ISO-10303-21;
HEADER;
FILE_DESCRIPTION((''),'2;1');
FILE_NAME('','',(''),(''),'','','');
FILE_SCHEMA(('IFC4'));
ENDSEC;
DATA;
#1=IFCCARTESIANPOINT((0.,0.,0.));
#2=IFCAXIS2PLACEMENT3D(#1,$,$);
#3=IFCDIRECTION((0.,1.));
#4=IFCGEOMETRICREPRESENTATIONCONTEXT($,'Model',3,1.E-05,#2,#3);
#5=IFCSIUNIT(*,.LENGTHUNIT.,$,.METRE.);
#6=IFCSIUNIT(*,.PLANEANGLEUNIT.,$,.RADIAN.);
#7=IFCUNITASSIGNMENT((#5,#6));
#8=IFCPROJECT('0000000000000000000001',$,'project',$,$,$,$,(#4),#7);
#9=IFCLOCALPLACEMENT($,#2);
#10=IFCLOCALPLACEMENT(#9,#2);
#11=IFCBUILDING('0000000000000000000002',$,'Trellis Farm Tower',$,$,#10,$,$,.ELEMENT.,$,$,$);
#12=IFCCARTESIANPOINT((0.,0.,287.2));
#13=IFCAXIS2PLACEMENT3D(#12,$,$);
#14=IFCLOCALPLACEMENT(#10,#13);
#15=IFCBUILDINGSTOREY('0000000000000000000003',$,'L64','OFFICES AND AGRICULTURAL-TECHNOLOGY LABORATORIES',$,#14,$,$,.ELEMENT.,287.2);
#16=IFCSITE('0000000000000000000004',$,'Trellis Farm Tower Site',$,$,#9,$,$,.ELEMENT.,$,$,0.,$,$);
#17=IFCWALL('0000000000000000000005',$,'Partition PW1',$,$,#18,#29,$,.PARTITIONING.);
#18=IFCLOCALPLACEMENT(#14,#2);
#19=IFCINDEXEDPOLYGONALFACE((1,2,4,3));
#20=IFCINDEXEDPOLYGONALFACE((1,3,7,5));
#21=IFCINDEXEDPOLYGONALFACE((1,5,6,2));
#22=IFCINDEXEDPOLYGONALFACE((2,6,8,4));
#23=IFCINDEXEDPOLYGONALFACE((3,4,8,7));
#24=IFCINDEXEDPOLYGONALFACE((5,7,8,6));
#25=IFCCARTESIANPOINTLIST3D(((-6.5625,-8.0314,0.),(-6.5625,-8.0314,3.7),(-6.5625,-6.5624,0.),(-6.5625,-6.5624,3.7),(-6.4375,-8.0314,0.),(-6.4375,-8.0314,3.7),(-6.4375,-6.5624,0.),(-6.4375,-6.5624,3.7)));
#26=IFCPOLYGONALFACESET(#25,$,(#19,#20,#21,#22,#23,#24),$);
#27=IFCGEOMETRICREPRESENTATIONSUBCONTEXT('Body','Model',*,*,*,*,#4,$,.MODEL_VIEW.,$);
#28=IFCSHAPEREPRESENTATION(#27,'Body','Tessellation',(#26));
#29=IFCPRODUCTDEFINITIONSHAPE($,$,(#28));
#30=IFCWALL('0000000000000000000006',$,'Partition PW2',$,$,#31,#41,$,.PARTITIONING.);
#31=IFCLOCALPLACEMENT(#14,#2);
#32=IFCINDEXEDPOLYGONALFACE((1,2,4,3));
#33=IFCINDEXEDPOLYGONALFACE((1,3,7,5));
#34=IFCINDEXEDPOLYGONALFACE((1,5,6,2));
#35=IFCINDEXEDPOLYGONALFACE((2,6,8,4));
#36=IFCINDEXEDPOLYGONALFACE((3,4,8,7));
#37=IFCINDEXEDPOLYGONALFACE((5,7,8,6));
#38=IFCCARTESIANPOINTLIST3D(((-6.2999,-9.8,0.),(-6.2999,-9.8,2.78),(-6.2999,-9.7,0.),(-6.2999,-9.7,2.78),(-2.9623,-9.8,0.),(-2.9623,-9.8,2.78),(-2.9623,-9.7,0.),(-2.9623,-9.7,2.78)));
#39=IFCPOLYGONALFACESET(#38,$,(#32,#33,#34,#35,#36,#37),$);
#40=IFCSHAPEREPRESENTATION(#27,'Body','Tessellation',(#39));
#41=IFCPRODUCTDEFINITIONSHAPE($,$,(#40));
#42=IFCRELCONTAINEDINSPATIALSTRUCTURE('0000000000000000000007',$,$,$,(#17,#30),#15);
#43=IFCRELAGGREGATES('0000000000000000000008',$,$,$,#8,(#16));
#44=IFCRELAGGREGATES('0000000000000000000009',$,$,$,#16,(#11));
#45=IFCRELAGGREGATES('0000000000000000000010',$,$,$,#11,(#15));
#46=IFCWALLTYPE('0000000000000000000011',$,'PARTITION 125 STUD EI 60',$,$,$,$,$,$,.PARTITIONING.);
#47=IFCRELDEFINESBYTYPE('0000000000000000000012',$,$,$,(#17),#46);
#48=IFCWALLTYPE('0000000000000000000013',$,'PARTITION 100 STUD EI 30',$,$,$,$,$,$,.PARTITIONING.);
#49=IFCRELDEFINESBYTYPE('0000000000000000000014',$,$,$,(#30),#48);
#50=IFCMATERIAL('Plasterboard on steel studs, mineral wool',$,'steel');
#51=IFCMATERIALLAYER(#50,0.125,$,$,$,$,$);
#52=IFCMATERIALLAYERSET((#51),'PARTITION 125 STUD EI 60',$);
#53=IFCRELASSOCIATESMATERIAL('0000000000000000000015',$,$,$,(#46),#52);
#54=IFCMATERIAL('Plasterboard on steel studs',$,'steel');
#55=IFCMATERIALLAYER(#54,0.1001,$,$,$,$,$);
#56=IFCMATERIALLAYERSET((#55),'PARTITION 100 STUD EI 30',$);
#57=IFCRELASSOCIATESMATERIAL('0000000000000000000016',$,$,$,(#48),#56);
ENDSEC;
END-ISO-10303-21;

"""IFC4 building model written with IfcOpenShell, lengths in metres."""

from ifc_helpers import new_model, si_unit, direction, frame, frame_2d, origin, place, context, subcontext, project, spatial, rectangle, extrude, source, transform, mapped, material, layer, layer_set, type_object, element, save


model = new_model("IFC4")

# Units and contexts
model_context = context("Model", 3, precision=1e-05, world=origin(), true_north=direction((0.0, 1.0)))
body_context = subcontext(model_context, "Body", "Model", "MODEL_VIEW")
ifc_project = project(units=[si_unit("LENGTHUNIT", "METRE"), si_unit("PLANEANGLEUNIT", "RADIAN")], contexts=[model_context])

# Site, building, storey
site_placement = place(None, origin())
site = spatial("IfcSite", under=ifc_project, at=site_placement, Name="Trellis Farm Tower Site", CompositionType="ELEMENT", RefElevation=0.0)
building_placement = place(site_placement, origin())
building = spatial("IfcBuilding", under=site, at=building_placement, Name="Trellis Farm Tower", CompositionType="ELEMENT")
storey_placement = place(building_placement, frame((0.0, 0.0, 287.2)))
storey = spatial("IfcBuildingStorey", under=building, at=storey_placement, Name="L64", Description="OFFICES AND AGRICULTURAL-TECHNOLOGY LABORATORIES", CompositionType="ELEMENT", Elevation=287.2)

# Walls
ifc_material_1 = material(Name="Plasterboard on steel studs, mineral wool", Category="steel")
ifc_layer_1 = layer(ifc_material_1, 0.125)
ifc_layer_set_1 = layer_set([ifc_layer_1], Name="PARTITION 125 STUD EI 60")
wall_type_1 = type_object("IfcWallType", Name="PARTITION 125 STUD EI 60", PredefinedType="PARTITIONING", material=ifc_layer_set_1)
shared_shape_1 = source(origin(), body_context, "Body", "SweptSolid", [
    extrude(rectangle(XDim=1.469, YDim=0.125, at=frame_2d((0.7344, 0.0))), origin(), (0.0, 0.0, 1.0), 3.7),
])
wall_1_placement = place(storey_placement, frame((-6.5, -6.5625, 0.0), z_axis=(0.0, 0.0, 1.0), x_axis=(0.0, -1.0, 0.0)))
element("IfcWall", 1, at=wall_1_placement, inside=storey, type_object=wall_type_1, Name="Partition PW1", PredefinedType="PARTITIONING", context=body_context, shape_type="MappedRepresentation", body=[
    mapped(shared_shape_1, transform((0.0, 0.0, 0.0))),
])
ifc_material_2 = material(Name="Plasterboard on steel studs", Category="steel")
ifc_layer_2 = layer(ifc_material_2, 0.1001)
ifc_layer_set_2 = layer_set([ifc_layer_2], Name="PARTITION 100 STUD EI 30")
wall_type_2 = type_object("IfcWallType", Name="PARTITION 100 STUD EI 30", PredefinedType="PARTITIONING", material=ifc_layer_set_2)
shared_shape_2 = source(origin(), body_context, "Body", "SweptSolid", [
    extrude(rectangle(XDim=3.3376, YDim=0.1001, at=frame_2d((1.6689, 0.0))), origin(), (0.0, 0.0, 1.0), 2.78),
])
wall_2_placement = place(storey_placement, frame((-6.3, -9.75, 0.0), z_axis=(0.0, 0.0, 1.0), x_axis=(1.0, 0.0, 0.0)))
element("IfcWall", 2, at=wall_2_placement, inside=storey, type_object=wall_type_2, Name="Partition PW2", PredefinedType="PARTITIONING", context=body_context, shape_type="MappedRepresentation", body=[
    mapped(shared_shape_2, transform((0.0, 0.0, 0.0))),
])

save(model, "model.ifc")
